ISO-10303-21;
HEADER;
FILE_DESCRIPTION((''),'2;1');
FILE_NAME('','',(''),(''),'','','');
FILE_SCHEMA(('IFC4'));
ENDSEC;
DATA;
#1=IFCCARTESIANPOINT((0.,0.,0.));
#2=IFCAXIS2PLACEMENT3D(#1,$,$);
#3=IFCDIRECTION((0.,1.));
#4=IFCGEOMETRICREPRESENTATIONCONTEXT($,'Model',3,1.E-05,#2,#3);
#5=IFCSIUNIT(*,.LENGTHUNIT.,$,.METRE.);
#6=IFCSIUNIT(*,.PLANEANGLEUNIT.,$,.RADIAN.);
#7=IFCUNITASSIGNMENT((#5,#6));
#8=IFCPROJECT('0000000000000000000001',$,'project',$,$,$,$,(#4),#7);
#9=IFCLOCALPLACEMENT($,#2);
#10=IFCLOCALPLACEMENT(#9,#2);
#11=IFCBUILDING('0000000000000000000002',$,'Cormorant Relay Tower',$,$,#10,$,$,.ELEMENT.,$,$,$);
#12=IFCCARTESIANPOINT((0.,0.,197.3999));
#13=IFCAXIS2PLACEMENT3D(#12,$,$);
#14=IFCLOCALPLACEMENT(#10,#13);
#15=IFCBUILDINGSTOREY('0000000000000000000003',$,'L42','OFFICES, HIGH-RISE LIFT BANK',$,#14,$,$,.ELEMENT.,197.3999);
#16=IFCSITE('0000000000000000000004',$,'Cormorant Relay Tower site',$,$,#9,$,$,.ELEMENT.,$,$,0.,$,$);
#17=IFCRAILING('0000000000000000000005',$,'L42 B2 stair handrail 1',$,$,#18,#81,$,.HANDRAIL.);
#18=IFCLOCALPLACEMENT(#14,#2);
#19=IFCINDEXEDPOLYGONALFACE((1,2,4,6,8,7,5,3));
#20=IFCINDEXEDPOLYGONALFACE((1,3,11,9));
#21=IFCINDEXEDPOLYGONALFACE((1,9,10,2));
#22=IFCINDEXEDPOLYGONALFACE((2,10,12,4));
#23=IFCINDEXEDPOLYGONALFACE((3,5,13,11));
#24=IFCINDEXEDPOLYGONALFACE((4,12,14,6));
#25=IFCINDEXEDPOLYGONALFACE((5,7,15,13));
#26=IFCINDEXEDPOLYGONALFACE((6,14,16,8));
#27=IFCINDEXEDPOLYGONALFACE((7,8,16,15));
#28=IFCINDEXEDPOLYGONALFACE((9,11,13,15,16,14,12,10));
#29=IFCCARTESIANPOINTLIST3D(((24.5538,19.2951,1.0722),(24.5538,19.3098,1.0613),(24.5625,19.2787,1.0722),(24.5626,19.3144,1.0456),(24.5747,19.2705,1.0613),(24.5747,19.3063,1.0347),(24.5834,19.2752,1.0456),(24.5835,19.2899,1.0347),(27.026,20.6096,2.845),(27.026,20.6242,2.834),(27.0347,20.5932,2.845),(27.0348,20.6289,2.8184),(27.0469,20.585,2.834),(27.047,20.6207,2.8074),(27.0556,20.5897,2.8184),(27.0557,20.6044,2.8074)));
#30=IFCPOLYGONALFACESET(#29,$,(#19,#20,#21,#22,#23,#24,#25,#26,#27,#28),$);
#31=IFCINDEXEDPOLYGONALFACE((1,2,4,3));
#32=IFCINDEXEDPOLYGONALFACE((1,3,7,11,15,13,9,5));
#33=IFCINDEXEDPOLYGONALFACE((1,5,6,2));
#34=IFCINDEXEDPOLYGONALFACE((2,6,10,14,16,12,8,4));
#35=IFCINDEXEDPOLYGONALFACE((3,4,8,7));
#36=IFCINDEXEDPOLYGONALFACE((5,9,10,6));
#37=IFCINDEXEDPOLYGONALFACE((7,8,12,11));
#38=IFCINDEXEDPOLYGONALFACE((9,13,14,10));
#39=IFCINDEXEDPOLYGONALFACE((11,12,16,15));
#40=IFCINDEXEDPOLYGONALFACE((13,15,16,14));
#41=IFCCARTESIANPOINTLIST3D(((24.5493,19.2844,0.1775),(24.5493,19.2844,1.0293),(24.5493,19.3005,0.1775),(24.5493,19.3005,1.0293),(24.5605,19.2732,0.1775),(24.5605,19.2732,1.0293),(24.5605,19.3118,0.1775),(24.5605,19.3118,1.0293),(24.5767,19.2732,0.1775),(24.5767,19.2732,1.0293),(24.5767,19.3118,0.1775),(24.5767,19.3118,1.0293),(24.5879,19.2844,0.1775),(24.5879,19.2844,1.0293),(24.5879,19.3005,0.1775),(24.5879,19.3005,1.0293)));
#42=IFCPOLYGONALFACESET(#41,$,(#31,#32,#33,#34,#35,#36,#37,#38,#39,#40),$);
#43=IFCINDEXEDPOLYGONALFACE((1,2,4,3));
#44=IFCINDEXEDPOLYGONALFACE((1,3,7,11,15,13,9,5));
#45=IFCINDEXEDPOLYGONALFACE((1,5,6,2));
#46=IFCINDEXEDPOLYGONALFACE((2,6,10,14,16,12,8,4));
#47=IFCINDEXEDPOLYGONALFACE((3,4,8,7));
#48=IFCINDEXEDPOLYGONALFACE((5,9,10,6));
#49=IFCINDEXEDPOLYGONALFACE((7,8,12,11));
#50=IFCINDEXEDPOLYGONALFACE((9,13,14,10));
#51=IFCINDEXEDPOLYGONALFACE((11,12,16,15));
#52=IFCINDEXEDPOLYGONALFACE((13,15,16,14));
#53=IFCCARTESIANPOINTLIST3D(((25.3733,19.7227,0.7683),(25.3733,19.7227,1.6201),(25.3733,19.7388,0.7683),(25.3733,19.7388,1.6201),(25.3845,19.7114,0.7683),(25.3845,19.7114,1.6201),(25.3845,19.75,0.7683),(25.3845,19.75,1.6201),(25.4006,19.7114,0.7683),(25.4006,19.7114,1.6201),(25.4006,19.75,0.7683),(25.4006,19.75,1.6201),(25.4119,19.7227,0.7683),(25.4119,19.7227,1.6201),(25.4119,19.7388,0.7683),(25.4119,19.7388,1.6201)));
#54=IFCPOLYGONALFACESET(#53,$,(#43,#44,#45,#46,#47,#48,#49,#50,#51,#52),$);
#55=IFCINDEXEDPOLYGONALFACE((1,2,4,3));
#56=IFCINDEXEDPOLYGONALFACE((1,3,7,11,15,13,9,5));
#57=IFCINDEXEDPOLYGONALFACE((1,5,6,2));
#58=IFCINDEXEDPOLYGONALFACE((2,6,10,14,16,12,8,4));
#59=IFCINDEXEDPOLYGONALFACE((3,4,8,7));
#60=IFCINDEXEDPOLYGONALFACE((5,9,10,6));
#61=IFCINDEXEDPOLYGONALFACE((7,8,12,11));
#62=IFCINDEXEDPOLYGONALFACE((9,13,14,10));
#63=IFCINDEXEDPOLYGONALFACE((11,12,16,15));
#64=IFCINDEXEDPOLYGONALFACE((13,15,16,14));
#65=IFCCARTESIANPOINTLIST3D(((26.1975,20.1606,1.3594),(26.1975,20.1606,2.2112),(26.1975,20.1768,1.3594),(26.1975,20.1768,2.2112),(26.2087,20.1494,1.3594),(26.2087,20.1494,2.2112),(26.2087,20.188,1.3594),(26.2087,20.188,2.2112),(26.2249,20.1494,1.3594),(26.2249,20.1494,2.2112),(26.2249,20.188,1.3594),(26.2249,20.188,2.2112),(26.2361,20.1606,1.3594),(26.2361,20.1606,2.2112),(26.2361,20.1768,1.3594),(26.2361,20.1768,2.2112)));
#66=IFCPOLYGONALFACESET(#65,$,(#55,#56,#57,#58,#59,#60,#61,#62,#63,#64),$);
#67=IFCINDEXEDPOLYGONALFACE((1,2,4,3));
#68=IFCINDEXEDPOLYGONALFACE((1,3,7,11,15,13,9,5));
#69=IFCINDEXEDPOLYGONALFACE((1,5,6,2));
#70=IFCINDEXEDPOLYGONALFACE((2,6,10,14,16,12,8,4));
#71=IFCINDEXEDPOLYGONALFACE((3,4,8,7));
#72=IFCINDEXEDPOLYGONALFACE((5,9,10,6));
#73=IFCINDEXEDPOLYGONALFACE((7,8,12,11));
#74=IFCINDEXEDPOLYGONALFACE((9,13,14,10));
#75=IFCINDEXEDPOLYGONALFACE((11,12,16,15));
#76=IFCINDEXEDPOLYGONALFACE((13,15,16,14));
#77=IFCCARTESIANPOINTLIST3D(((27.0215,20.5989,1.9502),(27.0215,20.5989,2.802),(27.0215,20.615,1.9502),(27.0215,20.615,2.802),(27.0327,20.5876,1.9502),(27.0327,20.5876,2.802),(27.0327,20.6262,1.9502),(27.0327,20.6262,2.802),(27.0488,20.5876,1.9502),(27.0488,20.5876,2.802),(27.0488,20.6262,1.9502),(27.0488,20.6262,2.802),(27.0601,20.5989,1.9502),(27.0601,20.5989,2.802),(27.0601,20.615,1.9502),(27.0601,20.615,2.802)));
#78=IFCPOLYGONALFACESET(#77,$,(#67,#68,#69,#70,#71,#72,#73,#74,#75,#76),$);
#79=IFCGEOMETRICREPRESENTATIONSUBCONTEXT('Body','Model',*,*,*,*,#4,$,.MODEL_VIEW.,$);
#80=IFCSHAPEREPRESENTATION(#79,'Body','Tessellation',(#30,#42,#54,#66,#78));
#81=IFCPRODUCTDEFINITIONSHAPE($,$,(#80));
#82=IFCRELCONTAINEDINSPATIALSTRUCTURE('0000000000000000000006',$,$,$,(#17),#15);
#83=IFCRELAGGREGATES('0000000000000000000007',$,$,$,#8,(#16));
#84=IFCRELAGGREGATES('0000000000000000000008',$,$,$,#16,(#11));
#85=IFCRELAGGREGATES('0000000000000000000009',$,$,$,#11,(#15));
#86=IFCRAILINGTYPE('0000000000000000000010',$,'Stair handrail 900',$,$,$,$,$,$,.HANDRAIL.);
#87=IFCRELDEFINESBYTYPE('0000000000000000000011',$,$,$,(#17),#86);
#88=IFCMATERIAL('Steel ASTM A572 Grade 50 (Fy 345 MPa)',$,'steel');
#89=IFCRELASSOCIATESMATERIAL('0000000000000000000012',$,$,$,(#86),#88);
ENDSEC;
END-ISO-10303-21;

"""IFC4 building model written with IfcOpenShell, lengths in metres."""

from ifc_helpers import new_model, si_unit, direction, frame, origin, place, context, subcontext, project, spatial, polyline, outline, extrude, material, type_object, element, save


model = new_model("IFC4")

# Units and contexts
model_context = context("Model", 3, precision=1e-05, world=origin(), true_north=direction((0.0, 1.0)))
body_context = subcontext(model_context, "Body", "Model", "MODEL_VIEW")
ifc_project = project(units=[si_unit("LENGTHUNIT", "METRE"), si_unit("PLANEANGLEUNIT", "RADIAN")], contexts=[model_context])

# Site, building, storey
site_placement = place(None, origin())
site = spatial("IfcSite", under=ifc_project, at=site_placement, Name="Cormorant Relay Tower site", CompositionType="ELEMENT", RefElevation=0.0)
building_placement = place(site_placement, origin())
building = spatial("IfcBuilding", under=site, at=building_placement, Name="Cormorant Relay Tower", CompositionType="ELEMENT")
storey_placement = place(building_placement, frame((0.0, 0.0, 197.3999)))
storey = spatial("IfcBuildingStorey", under=building, at=storey_placement, Name="L42", Description="OFFICES, HIGH-RISE LIFT BANK", CompositionType="ELEMENT", Elevation=197.3999)

# Railing
ifc_material_1 = material(Name="Steel ASTM A572 Grade 50 (Fy 345 MPa)", Category="steel")
railing_type_1 = type_object("IfcRailingType", Name="Stair handrail 900", PredefinedType="HANDRAIL", material=ifc_material_1)
railing_1_placement = place(storey_placement, frame((24.5686, 19.2925, 0.1775)))
element("IfcRailing", 1, at=railing_1_placement, inside=storey, type_object=railing_type_1, Name="L42 B2 stair handrail 1", PredefinedType="HANDRAIL", context=body_context, shape_type="SweptSolid", body=[
    extrude(outline(polyline([(0.0222, 0.0093), (0.0093, 0.0222), (-0.0093, 0.0222), (-0.0222, 0.0093), (-0.0222, -0.0093), (-0.0093, -0.0222), (0.0093, -0.0222), (0.0222, -0.0093), (0.0222, 0.0093)])), frame((0.0, 0.0, 0.876), z_axis=(0.746001, 0.396649, 0.534931), x_axis=(-0.469465, 0.882951, 0.0)), (0.0, 0.0, 1.0), 3.314),
    extrude(outline(polyline([(0.0193, 0.0081), (0.0081, 0.0193), (-0.0081, 0.0193), (-0.0193, 0.0081), (-0.0193, -0.0081), (-0.0081, -0.0193), (0.0081, -0.0193), (0.0193, -0.0081), (0.0193, 0.0081)])), origin(), (0.0, 0.0, 1.0), 0.8518),
    extrude(outline(polyline([(0.0193, 0.0081), (0.0081, 0.0193), (-0.0081, 0.0193), (-0.0193, 0.0081), (-0.0193, -0.0081), (-0.0081, -0.0193), (0.0081, -0.0193), (0.0193, -0.0081), (0.0193, 0.0081)])), frame((0.824, 0.4382, 0.5908)), (0.0, 0.0, 1.0), 0.8518),
    extrude(outline(polyline([(0.0193, 0.0081), (0.0081, 0.0193), (-0.0081, 0.0193), (-0.0193, 0.0081), (-0.0193, -0.0081), (-0.0081, -0.0193), (0.0081, -0.0193), (0.0193, -0.0081), (0.0193, 0.0081)])), frame((1.6482, 0.8762, 1.1819)), (0.0, 0.0, 1.0), 0.8518),
    extrude(outline(polyline([(0.0193, 0.0081), (0.0081, 0.0193), (-0.0081, 0.0193), (-0.0193, 0.0081), (-0.0193, -0.0081), (-0.0081, -0.0193), (0.0081, -0.0193), (0.0193, -0.0081), (0.0193, 0.0081)])), frame((2.4722, 1.3145, 1.7727)), (0.0, 0.0, 1.0), 0.8518),
])

save(model, "model.ifc")
